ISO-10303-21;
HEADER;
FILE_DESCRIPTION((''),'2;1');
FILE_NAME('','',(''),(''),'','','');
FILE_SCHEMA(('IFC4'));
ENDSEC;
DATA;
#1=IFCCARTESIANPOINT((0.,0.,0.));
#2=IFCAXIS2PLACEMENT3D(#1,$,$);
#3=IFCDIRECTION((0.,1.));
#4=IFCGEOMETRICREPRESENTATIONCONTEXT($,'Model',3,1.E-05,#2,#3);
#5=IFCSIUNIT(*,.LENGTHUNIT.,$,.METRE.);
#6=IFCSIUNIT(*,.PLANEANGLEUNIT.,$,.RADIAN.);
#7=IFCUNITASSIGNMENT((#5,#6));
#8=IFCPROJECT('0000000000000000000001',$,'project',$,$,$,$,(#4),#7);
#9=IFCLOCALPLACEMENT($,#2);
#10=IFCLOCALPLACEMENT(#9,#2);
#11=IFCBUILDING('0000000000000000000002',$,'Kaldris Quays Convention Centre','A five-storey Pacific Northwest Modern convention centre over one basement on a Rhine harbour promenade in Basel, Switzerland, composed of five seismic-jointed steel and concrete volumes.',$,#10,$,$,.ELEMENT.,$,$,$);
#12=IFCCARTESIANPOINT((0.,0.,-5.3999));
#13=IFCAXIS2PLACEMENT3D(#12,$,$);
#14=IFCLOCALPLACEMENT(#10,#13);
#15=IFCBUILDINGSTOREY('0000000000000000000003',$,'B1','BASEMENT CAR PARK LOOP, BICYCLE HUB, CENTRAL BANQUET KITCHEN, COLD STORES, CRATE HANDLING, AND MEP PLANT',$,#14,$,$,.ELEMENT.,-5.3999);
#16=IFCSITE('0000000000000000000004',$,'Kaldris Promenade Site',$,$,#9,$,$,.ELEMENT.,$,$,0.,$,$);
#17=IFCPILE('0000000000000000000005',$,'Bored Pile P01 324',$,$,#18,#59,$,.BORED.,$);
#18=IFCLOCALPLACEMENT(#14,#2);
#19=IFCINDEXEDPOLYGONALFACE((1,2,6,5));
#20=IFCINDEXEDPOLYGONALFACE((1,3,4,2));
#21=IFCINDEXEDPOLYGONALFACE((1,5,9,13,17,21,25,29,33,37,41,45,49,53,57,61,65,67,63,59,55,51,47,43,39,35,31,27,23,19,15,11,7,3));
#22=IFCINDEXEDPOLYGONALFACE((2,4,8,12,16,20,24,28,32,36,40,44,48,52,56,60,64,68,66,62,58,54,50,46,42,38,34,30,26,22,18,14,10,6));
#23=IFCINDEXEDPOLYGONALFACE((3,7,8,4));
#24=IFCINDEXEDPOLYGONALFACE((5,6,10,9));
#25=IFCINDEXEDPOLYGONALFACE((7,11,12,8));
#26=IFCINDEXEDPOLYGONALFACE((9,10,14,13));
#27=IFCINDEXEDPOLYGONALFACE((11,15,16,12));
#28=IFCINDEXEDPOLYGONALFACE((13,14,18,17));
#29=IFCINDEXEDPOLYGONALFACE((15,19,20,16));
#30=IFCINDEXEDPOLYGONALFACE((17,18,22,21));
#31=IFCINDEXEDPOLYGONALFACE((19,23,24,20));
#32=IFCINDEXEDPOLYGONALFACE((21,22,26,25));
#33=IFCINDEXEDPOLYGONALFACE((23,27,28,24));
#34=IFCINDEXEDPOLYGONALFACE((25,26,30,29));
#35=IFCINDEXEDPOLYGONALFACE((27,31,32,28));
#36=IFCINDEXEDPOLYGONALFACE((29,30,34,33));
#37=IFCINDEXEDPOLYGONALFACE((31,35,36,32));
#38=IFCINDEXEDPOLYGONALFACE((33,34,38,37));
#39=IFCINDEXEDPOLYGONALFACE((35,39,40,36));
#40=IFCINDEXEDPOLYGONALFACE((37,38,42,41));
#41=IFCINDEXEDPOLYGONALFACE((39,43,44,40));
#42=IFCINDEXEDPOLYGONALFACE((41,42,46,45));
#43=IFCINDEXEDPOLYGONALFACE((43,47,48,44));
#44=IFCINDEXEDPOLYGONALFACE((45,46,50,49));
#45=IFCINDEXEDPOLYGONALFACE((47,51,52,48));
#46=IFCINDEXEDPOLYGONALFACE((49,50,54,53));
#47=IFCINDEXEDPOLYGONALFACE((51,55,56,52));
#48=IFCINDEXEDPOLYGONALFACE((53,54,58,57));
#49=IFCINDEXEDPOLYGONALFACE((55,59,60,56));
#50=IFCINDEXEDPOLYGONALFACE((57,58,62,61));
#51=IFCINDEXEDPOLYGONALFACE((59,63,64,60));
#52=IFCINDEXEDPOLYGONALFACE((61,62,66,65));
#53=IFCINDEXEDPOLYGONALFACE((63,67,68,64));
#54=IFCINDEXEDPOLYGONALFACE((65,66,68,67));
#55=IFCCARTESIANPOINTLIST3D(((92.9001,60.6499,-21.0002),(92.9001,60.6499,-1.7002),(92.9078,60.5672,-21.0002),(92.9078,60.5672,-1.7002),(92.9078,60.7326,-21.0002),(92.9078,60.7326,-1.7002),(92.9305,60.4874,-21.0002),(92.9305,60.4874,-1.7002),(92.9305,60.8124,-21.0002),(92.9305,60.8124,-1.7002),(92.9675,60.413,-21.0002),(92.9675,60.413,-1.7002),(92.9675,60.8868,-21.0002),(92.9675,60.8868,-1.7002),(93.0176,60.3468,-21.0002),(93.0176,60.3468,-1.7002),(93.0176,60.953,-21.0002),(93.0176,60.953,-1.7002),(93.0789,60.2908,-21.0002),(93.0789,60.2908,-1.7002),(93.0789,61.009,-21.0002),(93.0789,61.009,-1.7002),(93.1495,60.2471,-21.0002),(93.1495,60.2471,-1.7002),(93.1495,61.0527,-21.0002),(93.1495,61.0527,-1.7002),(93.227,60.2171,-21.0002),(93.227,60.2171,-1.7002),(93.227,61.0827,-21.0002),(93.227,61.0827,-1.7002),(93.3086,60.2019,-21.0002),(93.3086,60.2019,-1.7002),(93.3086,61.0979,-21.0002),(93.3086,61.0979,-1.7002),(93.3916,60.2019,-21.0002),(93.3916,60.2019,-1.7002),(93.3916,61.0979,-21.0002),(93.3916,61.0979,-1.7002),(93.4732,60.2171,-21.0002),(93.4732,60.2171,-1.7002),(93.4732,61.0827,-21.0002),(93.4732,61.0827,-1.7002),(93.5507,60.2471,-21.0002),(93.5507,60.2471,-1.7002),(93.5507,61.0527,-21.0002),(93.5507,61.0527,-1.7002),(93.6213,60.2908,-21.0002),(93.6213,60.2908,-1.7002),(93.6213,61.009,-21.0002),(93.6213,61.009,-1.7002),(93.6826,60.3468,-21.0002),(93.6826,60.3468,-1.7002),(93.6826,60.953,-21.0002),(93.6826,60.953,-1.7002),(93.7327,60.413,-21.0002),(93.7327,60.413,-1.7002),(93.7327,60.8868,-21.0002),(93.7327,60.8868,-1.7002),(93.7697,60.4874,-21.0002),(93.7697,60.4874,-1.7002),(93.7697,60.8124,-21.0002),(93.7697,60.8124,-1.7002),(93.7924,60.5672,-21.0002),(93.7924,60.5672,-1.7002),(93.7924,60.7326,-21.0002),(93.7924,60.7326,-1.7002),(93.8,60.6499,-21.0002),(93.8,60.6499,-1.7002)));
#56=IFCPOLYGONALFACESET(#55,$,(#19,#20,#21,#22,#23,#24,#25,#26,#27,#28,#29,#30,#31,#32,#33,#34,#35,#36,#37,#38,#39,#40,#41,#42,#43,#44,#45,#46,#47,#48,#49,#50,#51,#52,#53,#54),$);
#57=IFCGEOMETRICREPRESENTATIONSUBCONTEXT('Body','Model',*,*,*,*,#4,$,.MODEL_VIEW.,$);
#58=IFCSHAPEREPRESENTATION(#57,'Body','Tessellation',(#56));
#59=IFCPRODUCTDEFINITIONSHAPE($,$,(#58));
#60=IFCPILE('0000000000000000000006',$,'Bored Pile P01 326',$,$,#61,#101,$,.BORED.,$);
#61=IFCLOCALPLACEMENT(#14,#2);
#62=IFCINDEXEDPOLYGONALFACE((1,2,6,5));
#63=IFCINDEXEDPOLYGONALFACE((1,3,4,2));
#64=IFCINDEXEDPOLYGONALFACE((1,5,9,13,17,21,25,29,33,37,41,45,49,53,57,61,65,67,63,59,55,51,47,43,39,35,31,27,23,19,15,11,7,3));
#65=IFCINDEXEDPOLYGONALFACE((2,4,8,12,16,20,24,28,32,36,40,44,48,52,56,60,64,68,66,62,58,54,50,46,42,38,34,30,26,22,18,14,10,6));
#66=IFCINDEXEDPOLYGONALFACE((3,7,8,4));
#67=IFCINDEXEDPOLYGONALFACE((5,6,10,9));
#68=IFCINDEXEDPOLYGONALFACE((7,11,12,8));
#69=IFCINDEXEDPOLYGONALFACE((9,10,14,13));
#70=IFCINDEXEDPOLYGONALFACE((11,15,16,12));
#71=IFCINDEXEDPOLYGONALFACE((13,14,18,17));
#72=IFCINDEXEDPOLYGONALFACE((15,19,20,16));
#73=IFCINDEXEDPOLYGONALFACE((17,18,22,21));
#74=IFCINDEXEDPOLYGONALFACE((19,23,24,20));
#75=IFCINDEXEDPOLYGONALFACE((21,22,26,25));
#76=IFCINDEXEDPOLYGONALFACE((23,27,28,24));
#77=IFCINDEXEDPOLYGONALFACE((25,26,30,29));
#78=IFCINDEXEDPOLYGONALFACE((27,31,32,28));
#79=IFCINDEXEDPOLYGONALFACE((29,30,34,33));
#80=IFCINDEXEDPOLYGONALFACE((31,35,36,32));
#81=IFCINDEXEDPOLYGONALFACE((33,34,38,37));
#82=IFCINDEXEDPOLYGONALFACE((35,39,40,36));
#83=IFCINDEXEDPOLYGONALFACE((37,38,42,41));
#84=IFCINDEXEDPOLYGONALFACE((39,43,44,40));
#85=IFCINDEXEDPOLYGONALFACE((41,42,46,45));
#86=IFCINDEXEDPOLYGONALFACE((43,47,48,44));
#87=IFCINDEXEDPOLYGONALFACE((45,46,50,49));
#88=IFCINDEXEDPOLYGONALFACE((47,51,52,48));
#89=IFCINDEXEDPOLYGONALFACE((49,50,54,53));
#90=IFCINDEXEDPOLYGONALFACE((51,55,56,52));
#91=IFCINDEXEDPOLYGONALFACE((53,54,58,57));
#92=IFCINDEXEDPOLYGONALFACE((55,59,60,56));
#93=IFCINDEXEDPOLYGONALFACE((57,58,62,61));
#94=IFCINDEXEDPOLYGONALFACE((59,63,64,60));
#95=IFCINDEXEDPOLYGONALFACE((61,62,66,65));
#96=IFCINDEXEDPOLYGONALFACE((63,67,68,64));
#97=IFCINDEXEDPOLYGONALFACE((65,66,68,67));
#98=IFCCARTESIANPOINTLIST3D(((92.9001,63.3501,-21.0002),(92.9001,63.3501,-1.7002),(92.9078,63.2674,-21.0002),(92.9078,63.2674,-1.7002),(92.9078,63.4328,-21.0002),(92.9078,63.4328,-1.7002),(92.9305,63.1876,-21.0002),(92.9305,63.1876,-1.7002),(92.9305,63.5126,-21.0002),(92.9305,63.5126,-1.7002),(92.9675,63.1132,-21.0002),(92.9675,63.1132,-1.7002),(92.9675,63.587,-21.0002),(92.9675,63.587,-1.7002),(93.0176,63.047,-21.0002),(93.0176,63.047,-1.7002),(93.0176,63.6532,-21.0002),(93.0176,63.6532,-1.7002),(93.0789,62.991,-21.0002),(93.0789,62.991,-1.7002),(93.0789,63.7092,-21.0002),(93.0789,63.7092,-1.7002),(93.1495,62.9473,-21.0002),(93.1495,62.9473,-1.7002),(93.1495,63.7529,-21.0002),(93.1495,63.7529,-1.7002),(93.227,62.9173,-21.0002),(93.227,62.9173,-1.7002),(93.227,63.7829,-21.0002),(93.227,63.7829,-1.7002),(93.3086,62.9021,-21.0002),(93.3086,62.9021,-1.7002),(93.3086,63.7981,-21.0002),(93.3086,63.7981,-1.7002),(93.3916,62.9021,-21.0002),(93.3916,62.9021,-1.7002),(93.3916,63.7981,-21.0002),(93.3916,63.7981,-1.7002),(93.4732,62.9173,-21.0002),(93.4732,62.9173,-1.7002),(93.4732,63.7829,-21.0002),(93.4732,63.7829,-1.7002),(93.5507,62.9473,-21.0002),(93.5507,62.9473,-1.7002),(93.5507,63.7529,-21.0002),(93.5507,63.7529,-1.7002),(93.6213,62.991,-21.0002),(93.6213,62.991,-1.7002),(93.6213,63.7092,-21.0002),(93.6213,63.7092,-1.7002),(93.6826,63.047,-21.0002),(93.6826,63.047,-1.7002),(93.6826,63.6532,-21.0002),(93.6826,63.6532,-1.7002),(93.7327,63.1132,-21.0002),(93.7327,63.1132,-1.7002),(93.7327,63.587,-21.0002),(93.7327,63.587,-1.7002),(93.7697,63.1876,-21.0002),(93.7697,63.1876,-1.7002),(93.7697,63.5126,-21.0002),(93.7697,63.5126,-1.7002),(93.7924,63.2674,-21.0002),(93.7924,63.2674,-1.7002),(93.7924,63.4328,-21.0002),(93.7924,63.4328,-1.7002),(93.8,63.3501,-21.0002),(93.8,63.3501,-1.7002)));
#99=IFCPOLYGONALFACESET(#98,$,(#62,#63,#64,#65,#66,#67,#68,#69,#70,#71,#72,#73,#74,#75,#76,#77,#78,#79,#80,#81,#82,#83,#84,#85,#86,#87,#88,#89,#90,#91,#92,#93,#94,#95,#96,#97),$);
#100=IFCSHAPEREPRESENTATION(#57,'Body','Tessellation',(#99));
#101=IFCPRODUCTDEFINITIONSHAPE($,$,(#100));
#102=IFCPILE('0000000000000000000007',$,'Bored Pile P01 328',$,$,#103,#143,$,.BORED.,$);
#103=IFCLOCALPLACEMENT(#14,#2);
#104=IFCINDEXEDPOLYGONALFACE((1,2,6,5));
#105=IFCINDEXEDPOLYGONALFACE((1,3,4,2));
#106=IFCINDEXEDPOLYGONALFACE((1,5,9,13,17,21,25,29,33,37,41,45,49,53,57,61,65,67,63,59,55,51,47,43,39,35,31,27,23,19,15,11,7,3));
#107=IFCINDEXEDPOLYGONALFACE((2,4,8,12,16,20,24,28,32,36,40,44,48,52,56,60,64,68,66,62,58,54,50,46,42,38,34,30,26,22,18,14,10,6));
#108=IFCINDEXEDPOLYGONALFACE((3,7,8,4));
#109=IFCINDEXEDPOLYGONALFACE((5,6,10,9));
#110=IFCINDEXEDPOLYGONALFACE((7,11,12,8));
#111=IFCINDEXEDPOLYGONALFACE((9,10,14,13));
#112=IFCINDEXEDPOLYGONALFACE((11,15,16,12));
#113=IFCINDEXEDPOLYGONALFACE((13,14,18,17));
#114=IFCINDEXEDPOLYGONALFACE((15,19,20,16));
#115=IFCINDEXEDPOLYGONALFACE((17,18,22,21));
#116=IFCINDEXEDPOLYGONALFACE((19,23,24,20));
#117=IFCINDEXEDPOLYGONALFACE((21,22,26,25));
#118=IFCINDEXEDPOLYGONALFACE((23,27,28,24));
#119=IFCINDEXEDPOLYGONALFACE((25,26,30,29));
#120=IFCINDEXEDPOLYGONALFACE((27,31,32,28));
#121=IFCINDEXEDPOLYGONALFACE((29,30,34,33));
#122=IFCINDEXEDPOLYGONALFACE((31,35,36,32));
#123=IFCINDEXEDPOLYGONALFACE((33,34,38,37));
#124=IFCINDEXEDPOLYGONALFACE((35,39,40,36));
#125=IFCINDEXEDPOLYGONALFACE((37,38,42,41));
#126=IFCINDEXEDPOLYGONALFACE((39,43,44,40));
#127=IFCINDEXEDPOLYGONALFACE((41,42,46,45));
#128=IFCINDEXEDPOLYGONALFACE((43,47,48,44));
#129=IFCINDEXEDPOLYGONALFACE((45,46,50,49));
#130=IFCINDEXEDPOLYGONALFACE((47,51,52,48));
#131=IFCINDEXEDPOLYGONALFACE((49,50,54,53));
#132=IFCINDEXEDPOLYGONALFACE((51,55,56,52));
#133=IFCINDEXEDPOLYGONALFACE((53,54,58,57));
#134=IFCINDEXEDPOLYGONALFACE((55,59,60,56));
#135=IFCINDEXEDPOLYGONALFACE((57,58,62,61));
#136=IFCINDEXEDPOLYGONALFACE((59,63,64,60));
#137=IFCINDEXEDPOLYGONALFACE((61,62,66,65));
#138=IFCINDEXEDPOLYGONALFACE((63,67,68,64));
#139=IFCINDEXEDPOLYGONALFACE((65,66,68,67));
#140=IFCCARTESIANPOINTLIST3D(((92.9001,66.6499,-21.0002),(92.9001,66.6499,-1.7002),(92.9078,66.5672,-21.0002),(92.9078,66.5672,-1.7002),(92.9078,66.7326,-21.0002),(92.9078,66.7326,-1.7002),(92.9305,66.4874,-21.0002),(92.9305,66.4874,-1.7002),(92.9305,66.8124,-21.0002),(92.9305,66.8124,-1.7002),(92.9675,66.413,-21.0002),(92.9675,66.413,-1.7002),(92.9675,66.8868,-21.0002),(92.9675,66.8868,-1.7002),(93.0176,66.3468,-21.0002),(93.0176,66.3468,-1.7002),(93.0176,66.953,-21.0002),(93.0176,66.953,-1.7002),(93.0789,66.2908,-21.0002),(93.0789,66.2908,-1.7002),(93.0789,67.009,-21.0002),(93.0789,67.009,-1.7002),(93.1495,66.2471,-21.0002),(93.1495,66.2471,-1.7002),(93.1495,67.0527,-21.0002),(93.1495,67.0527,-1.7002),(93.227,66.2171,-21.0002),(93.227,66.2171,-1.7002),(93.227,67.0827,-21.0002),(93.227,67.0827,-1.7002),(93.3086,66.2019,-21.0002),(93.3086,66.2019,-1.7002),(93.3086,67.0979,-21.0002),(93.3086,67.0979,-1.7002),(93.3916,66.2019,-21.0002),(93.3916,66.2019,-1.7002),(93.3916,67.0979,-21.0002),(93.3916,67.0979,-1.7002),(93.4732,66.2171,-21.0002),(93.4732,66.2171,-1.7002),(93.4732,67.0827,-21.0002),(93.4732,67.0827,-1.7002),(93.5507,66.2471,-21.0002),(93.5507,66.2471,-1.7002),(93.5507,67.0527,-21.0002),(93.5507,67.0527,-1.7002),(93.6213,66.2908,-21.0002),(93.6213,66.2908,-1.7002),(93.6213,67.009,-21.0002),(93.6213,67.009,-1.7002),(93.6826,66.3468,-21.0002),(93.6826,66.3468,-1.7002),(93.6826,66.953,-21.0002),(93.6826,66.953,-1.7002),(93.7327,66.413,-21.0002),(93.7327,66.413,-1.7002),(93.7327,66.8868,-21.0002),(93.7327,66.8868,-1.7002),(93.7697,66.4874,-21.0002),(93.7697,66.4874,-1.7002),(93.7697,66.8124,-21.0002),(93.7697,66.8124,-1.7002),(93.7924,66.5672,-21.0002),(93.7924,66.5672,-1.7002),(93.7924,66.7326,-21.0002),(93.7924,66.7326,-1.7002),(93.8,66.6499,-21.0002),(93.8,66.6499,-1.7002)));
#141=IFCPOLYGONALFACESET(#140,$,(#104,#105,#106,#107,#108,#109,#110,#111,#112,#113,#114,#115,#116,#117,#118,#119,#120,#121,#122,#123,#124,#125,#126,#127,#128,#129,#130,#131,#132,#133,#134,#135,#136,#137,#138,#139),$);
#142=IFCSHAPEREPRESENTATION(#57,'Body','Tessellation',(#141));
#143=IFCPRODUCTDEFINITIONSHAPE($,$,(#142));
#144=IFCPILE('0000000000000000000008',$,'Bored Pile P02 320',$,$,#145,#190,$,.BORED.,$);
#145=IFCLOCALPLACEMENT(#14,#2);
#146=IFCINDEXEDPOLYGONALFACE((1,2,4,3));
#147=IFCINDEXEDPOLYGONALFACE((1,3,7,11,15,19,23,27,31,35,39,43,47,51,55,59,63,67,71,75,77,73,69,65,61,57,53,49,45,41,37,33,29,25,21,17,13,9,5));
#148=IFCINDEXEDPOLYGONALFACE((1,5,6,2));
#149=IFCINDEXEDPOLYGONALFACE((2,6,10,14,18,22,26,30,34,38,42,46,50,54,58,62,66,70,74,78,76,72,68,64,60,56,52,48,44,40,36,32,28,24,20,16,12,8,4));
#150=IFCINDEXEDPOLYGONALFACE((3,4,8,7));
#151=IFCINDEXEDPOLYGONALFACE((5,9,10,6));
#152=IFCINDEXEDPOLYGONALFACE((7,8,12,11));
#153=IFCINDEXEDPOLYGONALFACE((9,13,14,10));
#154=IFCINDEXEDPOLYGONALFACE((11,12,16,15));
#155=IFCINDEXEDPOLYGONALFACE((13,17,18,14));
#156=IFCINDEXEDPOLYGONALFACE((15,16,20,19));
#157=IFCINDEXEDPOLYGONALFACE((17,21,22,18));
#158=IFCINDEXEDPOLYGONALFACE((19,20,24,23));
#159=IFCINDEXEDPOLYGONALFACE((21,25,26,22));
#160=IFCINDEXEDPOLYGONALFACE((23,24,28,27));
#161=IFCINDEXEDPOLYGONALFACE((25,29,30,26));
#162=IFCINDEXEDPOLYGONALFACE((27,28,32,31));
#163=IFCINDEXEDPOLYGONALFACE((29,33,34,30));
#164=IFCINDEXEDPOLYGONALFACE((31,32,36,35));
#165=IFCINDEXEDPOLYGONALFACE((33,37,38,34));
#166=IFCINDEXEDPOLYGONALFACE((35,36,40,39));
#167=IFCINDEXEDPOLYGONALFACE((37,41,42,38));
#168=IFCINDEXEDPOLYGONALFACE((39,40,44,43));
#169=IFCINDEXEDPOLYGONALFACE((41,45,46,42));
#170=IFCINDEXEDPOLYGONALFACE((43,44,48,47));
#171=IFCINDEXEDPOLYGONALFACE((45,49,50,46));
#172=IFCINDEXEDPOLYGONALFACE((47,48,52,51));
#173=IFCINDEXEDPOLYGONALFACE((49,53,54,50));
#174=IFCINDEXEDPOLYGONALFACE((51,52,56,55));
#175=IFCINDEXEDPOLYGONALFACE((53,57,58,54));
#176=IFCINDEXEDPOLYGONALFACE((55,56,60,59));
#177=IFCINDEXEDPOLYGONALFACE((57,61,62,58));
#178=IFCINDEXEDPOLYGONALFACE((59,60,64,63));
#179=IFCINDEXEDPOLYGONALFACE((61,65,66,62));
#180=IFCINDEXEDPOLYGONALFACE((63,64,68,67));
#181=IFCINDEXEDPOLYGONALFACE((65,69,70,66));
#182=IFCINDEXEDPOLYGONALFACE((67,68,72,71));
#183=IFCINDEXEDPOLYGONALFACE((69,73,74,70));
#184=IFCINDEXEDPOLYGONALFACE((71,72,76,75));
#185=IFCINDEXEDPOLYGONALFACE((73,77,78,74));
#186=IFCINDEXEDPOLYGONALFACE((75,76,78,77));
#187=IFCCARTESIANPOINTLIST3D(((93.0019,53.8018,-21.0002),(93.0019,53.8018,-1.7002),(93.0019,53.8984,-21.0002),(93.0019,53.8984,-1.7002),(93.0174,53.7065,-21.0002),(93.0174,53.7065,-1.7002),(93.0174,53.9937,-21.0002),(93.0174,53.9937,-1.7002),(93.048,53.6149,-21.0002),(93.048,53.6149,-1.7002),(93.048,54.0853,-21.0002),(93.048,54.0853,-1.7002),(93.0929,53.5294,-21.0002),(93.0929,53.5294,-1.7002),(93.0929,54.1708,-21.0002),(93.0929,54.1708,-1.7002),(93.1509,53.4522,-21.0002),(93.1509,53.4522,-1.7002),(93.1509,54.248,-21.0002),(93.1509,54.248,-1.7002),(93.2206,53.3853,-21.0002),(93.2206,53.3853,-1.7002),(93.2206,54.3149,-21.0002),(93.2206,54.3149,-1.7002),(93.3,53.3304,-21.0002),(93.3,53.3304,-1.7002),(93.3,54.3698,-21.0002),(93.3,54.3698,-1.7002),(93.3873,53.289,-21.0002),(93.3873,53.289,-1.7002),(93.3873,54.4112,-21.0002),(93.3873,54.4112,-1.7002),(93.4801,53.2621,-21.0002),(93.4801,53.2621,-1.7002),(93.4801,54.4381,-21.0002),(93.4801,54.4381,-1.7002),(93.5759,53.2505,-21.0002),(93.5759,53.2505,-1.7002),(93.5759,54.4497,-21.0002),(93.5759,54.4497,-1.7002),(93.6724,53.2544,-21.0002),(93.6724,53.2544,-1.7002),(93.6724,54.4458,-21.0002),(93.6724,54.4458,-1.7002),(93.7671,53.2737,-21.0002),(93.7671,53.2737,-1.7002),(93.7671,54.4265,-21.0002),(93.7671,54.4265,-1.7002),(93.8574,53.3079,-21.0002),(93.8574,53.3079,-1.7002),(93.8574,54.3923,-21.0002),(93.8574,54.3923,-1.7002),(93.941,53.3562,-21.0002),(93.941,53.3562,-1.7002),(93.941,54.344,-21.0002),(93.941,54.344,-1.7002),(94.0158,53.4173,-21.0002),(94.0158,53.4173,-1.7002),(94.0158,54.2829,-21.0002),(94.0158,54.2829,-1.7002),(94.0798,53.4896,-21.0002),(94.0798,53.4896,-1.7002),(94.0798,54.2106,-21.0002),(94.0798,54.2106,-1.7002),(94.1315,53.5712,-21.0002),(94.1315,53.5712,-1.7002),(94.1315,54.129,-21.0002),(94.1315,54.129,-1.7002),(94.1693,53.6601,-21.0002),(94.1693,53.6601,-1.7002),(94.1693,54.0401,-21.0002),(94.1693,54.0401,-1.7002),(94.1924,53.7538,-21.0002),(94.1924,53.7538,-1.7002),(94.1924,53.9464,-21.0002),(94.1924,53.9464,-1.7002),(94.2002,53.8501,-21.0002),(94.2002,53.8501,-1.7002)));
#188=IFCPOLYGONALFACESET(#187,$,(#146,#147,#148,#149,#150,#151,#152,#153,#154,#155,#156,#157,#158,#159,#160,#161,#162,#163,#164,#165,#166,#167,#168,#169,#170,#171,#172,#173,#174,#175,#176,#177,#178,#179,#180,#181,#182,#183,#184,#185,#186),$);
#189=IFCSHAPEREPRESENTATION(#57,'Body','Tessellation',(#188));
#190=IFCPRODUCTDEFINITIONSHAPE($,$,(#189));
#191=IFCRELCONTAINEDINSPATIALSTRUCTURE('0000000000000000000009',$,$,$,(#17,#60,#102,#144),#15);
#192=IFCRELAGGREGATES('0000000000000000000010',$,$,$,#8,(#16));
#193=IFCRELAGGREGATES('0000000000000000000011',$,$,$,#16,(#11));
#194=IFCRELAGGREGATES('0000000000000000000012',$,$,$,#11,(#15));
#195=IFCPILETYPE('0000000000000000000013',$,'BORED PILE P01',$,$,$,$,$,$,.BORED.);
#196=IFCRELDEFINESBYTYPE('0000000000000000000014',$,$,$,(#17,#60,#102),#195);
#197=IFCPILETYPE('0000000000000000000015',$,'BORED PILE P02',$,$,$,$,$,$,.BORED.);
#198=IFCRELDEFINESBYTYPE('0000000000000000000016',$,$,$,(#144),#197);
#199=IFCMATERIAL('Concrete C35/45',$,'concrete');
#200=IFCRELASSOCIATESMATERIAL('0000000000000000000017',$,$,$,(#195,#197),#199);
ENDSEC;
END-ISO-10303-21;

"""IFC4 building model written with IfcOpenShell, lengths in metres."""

from ifc_helpers import new_model, si_unit, direction, frame, origin, origin_2d, place, context, subcontext, project, spatial, circle, extrude, material, material_profile, profile_set, type_object, element, save


model = new_model("IFC4")

# Units and contexts
model_context = context("Model", 3, precision=1e-05, world=origin(), true_north=direction((0.0, 1.0)))
body_context = subcontext(model_context, "Body", "Model", "MODEL_VIEW")
ifc_project = project(units=[si_unit("LENGTHUNIT", "METRE"), si_unit("PLANEANGLEUNIT", "RADIAN")], contexts=[model_context])

# Site, building, storey
site_placement = place(None, origin())
site = spatial("IfcSite", under=ifc_project, at=site_placement, Name="Kaldris Promenade Site", CompositionType="ELEMENT", RefElevation=0.0)
building_placement = place(site_placement, origin())
building = spatial("IfcBuilding", under=site, at=building_placement, Name="Kaldris Quays Convention Centre", Description="A five-storey Pacific Northwest Modern convention centre over one basement on a Rhine harbour promenade in Basel, Switzerland, composed of five seismic-jointed steel and concrete volumes.", CompositionType="ELEMENT")
storey_placement = place(building_placement, frame((0.0, 0.0, -5.3999)))
storey = spatial("IfcBuildingStorey", under=building, at=storey_placement, Name="B1", Description="BASEMENT CAR PARK LOOP, BICYCLE HUB, CENTRAL BANQUET KITCHEN, COLD STORES, CRATE HANDLING, AND MEP PLANT", CompositionType="ELEMENT", Elevation=-5.3999)

# Piles
ifc_material_1 = material(Name="Concrete C35/45", Category="concrete")
ifc_material_profile_1 = material_profile(ifc_material_1, circle(Radius=0.45, at=origin_2d()), Name="BORED PILE D900")
ifc_profile_set_1 = profile_set([ifc_material_profile_1], Name="Concrete C35/45")
pile_type_1 = type_object("IfcPileType", Name="BORED PILE P01", PredefinedType="BORED", material=ifc_profile_set_1)
for number, where, z_axis, x_axis, name in (
    (1, (93.3501, 60.6499, -1.7002), (0.0, 0.0, -1.0), (1.0, 0.0, 0.0), "Bored Pile P01 324"),
    (2, (93.3501, 63.3501, -1.7002), (0.0, 0.0, -1.0), (1.0, 0.0, 0.0), "Bored Pile P01 326"),
    (3, (93.3501, 66.6499, -1.7002), (0.0, 0.0, -1.0), (1.0, 0.0, 0.0), "Bored Pile P01 328"),
):
    element("IfcPile", number, at=place(storey_placement, frame(where, z_axis=z_axis, x_axis=x_axis)), inside=storey, type_object=pile_type_1, Name=name, PredefinedType="BORED", context=body_context, shape_type="SweptSolid", body=[
        extrude(circle(Radius=0.45, at=origin_2d()), origin(), (0.0, 0.0, 1.0), 19.3),
    ])
ifc_material_profile_2 = material_profile(ifc_material_1, circle(Radius=0.6001, at=origin_2d()), Name="BORED PILE D1200")
ifc_profile_set_2 = profile_set([ifc_material_profile_2], Name="Concrete C35/45")
pile_type_2 = type_object("IfcPileType", Name="BORED PILE P02", PredefinedType="BORED", material=ifc_profile_set_2)
for number, where, z_axis, x_axis, name in (
    (4, (93.6001, 53.8501, -1.7002), (0.0, 0.0, -1.0), (1.0, 0.0, 0.0), "Bored Pile P02 320"),
):
    element("IfcPile", number, at=place(storey_placement, frame(where, z_axis=z_axis, x_axis=x_axis)), inside=storey, type_object=pile_type_2, Name=name, PredefinedType="BORED", context=body_context, shape_type="SweptSolid", body=[
        extrude(circle(Radius=0.6001, at=origin_2d()), origin(), (0.0, 0.0, 1.0), 19.3),
    ])

save(model, "model.ifc")
